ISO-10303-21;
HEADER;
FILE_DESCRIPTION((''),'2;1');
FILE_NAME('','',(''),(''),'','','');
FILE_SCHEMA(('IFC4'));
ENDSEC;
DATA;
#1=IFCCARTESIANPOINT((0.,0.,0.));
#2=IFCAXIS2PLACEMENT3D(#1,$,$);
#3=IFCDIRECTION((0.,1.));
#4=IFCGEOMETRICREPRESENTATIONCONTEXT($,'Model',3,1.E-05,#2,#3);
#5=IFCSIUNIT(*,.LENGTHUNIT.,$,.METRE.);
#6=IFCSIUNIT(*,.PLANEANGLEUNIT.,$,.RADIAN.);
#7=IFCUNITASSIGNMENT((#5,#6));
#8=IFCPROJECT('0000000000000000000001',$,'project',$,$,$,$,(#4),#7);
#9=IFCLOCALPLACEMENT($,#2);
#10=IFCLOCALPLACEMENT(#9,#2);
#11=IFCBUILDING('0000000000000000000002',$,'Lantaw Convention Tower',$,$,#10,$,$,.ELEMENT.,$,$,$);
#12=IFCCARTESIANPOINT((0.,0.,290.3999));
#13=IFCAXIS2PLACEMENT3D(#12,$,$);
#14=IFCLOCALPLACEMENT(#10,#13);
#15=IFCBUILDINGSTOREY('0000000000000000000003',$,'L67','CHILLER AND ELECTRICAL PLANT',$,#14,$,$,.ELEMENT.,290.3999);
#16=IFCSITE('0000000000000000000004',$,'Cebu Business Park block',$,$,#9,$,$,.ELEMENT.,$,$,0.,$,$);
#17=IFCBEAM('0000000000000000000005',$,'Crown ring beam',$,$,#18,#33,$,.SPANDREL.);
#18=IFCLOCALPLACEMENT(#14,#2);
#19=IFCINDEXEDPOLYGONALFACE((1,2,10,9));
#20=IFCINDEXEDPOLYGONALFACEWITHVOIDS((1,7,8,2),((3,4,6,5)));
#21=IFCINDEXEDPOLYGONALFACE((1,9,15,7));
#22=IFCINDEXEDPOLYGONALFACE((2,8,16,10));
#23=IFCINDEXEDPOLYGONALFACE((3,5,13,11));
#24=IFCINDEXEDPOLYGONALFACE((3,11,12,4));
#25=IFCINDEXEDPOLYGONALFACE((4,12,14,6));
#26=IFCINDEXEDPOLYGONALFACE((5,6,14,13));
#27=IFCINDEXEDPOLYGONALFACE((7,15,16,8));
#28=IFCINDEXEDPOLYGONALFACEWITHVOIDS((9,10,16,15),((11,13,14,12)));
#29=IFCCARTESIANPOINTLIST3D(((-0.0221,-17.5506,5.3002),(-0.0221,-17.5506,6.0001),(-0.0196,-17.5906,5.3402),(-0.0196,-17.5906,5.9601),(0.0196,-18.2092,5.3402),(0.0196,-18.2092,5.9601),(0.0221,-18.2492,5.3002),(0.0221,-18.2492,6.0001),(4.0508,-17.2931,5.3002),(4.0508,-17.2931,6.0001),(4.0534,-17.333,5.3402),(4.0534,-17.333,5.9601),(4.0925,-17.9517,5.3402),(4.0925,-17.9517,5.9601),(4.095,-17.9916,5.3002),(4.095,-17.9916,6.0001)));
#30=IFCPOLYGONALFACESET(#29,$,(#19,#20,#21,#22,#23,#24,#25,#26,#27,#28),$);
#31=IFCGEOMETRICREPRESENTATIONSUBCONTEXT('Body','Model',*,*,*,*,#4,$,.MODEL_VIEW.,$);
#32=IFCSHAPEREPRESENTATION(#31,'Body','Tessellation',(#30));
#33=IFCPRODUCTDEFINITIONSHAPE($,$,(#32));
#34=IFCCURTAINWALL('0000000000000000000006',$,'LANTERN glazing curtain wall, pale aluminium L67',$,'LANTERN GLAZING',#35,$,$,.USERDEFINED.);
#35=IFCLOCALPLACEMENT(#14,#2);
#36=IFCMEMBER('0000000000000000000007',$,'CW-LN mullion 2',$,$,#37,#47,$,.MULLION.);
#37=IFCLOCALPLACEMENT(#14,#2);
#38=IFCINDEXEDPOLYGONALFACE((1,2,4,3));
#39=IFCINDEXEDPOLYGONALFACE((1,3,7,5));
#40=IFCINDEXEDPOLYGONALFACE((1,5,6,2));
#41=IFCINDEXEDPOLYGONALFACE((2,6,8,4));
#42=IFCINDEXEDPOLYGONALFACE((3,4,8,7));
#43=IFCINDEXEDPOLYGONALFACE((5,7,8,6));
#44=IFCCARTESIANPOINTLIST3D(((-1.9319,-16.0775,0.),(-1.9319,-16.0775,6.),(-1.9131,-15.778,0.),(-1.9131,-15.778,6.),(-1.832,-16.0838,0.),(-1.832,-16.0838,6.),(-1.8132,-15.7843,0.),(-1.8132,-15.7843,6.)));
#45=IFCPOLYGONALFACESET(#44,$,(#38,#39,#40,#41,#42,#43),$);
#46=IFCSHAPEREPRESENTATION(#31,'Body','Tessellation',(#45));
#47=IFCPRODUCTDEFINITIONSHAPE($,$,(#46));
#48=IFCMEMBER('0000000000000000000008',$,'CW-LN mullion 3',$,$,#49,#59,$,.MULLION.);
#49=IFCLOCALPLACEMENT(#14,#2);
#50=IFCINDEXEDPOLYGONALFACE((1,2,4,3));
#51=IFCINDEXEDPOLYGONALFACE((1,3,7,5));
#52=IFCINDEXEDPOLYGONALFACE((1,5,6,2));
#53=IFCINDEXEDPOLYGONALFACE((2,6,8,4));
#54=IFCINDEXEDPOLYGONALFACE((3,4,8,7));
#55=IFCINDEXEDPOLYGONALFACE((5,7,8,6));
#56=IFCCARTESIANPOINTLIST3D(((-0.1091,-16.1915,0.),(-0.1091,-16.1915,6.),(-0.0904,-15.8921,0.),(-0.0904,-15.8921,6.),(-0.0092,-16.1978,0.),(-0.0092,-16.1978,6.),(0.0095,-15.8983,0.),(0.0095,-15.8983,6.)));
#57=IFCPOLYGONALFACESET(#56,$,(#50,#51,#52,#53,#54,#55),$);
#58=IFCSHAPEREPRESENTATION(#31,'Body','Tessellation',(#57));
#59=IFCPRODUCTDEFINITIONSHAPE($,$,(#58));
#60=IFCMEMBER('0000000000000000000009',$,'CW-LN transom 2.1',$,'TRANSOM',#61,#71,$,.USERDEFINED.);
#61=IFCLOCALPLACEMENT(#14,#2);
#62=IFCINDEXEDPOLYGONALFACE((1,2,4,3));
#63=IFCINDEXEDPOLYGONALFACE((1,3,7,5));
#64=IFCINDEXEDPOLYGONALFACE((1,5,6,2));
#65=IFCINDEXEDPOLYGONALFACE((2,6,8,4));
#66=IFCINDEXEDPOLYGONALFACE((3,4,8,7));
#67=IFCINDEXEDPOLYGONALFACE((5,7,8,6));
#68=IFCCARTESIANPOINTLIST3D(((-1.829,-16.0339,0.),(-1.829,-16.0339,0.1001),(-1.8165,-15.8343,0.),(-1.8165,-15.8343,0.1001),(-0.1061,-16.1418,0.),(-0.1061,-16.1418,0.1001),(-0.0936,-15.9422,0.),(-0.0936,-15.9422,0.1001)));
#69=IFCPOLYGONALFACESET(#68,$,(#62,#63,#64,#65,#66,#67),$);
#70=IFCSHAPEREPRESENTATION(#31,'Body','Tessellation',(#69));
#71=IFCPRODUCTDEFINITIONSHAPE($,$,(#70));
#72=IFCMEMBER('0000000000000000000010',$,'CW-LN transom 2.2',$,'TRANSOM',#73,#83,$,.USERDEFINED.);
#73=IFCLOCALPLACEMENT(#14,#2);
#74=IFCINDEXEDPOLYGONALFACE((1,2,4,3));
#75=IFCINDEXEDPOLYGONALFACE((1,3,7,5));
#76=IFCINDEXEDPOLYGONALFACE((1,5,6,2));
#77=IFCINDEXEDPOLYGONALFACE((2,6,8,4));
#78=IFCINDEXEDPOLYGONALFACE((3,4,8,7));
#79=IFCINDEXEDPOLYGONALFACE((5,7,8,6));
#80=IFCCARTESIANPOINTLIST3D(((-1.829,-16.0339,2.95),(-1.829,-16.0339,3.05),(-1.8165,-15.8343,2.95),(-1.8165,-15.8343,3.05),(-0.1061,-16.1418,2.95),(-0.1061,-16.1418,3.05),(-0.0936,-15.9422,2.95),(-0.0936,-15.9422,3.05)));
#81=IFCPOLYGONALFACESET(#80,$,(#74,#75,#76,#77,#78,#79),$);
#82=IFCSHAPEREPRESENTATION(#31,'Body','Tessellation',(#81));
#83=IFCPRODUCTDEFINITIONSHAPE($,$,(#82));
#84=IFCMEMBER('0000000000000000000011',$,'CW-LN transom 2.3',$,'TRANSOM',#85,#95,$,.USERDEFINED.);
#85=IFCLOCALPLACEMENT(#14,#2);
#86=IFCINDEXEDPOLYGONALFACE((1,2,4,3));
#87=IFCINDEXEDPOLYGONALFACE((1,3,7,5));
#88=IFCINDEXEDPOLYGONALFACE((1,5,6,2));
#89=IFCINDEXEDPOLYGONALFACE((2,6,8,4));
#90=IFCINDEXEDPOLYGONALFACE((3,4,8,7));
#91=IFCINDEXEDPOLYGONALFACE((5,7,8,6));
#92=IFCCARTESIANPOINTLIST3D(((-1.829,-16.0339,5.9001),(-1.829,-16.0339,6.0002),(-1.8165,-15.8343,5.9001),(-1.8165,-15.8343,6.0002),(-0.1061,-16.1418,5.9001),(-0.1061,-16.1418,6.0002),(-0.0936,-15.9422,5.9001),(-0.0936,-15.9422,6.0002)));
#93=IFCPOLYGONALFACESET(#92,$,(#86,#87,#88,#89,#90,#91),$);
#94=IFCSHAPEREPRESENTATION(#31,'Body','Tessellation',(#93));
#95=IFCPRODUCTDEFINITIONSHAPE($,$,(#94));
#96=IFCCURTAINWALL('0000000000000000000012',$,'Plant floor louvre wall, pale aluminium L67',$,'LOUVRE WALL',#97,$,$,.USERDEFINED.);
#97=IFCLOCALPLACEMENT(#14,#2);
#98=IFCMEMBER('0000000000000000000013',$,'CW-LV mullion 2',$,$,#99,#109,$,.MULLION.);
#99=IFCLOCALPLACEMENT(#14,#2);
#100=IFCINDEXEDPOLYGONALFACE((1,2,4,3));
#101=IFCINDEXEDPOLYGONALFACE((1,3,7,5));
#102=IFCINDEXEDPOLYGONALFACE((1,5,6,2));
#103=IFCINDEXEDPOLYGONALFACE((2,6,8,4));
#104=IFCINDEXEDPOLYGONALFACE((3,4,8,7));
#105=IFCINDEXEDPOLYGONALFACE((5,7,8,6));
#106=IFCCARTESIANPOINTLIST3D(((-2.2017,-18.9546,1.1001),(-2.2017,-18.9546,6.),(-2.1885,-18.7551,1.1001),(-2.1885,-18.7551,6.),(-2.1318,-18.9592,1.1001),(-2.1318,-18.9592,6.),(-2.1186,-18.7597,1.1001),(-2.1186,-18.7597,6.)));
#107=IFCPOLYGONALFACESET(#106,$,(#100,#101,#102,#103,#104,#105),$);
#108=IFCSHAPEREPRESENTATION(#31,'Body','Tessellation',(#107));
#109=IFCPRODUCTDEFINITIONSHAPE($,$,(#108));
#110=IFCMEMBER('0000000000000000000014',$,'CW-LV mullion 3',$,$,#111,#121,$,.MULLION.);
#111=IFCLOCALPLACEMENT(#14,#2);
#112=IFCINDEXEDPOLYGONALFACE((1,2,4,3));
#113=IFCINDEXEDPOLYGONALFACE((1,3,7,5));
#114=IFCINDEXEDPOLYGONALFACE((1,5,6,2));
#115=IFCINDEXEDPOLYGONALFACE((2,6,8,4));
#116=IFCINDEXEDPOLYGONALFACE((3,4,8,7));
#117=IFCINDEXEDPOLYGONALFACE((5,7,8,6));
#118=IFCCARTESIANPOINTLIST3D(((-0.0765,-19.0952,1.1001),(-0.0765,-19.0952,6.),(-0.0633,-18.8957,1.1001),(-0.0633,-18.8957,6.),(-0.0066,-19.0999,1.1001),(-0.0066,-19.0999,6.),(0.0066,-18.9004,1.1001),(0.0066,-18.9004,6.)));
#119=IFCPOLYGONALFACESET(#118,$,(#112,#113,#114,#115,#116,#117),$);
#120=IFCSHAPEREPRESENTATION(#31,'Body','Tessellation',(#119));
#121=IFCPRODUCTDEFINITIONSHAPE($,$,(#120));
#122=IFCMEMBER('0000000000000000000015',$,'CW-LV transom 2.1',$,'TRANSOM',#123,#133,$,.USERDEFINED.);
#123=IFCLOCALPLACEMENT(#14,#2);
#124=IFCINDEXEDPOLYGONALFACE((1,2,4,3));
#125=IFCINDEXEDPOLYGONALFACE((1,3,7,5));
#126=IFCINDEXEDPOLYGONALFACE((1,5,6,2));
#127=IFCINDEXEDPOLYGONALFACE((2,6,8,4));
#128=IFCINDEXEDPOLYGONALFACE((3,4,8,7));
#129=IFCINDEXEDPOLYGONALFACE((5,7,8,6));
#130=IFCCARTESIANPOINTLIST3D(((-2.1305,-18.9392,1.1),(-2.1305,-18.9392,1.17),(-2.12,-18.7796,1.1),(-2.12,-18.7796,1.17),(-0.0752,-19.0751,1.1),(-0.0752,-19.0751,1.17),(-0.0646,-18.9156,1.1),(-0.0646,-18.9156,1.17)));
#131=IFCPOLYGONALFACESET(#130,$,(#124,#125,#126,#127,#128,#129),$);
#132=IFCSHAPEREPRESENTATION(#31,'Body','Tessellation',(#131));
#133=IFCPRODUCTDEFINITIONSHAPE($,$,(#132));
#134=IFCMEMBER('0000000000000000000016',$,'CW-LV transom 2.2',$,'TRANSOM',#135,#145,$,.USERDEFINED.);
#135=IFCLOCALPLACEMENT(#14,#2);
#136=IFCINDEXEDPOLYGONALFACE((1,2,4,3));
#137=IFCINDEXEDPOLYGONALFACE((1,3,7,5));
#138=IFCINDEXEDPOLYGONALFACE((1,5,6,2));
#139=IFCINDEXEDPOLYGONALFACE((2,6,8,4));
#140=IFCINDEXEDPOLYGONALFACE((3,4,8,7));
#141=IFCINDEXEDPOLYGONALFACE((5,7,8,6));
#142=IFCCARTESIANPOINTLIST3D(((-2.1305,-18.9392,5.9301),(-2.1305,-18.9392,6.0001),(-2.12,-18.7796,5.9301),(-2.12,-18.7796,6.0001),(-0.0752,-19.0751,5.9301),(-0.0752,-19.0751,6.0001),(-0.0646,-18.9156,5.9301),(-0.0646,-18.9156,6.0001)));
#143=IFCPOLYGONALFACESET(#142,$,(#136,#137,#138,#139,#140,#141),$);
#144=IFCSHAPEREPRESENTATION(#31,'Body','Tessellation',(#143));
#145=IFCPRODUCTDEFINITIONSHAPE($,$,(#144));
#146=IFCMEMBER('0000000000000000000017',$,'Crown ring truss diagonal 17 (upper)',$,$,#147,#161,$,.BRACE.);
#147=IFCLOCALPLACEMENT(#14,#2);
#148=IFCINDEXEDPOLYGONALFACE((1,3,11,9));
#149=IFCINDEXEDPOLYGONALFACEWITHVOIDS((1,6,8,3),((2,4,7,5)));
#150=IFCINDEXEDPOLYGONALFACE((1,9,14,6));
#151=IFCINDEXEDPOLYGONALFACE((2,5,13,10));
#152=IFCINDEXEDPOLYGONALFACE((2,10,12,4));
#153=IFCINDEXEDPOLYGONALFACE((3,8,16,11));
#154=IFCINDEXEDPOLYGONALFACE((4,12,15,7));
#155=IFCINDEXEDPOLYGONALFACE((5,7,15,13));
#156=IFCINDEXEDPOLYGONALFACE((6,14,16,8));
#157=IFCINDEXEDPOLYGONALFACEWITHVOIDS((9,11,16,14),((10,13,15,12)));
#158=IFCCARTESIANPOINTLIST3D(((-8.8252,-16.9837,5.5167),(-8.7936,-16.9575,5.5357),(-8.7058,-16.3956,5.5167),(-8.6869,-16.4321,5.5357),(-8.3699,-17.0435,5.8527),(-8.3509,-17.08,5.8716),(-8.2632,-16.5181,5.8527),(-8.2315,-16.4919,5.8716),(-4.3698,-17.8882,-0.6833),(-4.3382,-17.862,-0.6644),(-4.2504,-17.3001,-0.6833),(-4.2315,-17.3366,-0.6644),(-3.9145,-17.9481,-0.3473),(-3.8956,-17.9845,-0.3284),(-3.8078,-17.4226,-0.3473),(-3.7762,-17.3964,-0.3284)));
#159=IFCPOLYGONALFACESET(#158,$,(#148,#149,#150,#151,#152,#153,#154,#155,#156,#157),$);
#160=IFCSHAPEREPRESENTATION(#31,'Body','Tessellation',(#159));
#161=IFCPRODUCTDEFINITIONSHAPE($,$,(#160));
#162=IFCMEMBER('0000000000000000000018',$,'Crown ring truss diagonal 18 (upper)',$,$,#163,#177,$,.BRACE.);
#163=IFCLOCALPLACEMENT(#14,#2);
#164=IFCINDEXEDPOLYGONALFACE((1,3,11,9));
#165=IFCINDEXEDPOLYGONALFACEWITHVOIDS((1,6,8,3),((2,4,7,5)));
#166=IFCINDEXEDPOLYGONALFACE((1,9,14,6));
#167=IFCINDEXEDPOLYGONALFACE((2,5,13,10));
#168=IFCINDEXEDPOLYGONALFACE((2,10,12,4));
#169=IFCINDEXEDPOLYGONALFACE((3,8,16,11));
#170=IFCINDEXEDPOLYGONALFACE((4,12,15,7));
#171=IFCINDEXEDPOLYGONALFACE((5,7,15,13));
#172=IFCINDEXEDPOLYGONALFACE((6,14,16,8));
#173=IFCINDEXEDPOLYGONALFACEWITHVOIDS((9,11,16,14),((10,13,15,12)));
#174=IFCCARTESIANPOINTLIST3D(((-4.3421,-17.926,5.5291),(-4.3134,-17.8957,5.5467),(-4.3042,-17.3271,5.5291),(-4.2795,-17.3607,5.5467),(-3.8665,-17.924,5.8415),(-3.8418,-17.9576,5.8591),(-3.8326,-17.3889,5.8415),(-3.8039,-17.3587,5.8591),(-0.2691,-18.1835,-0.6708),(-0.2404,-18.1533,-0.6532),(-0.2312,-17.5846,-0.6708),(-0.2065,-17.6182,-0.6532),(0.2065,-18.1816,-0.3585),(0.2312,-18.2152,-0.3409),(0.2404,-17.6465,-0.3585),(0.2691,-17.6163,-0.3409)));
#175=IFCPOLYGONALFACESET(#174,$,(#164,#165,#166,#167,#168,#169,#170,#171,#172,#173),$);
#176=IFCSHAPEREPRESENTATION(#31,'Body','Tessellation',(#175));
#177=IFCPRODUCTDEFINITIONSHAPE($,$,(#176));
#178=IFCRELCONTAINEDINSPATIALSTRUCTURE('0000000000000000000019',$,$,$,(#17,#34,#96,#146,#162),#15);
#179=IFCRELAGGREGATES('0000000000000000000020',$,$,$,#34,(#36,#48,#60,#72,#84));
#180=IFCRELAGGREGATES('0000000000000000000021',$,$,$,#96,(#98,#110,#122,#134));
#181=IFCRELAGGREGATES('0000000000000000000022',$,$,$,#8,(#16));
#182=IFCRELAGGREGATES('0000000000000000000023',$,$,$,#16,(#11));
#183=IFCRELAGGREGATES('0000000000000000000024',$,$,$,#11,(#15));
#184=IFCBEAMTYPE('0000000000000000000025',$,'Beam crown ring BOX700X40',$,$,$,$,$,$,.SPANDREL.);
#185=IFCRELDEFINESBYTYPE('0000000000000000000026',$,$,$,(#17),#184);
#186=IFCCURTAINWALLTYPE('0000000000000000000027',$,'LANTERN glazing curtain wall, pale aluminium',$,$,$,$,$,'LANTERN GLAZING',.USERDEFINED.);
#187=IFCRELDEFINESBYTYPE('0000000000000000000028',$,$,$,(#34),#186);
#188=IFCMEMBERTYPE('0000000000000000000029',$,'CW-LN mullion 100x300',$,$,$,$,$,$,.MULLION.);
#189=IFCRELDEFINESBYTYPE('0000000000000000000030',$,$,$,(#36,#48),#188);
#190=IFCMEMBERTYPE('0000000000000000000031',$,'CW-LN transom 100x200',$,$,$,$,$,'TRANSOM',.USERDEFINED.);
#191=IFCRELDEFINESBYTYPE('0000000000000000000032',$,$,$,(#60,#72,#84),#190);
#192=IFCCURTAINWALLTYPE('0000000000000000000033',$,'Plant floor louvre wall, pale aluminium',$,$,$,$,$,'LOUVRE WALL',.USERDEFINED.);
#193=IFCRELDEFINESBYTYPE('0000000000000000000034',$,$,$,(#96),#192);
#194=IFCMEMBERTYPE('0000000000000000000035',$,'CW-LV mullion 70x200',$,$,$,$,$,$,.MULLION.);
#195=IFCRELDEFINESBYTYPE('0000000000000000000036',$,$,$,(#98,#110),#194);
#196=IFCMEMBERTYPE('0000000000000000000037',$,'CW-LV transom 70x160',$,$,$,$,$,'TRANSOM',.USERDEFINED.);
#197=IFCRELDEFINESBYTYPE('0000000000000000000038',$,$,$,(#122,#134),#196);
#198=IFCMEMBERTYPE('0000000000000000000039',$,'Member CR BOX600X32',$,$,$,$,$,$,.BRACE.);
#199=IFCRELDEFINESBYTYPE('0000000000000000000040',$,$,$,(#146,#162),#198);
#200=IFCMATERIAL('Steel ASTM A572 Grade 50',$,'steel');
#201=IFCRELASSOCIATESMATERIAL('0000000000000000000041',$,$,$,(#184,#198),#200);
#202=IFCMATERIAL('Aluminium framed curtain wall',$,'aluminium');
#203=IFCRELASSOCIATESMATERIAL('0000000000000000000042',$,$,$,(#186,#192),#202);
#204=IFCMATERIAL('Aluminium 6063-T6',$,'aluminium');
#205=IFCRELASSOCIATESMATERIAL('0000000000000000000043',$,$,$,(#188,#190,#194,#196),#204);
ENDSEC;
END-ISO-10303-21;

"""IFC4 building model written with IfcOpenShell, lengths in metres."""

from ifc_helpers import new_model, si_unit, direction, frame, origin, origin_2d, place, context, subcontext, project, spatial, rectangle, hollow_rectangle, extrude, material, material_profile, profile_set, type_object, element, aggregate, save


model = new_model("IFC4")

# Units and contexts
model_context = context("Model", 3, precision=1e-05, world=origin(), true_north=direction((0.0, 1.0)))
body_context = subcontext(model_context, "Body", "Model", "MODEL_VIEW")
ifc_project = project(units=[si_unit("LENGTHUNIT", "METRE"), si_unit("PLANEANGLEUNIT", "RADIAN")], contexts=[model_context])

# Site, building, storey
site_placement = place(None, origin())
site = spatial("IfcSite", under=ifc_project, at=site_placement, Name="Cebu Business Park block", CompositionType="ELEMENT", RefElevation=0.0)
building_placement = place(site_placement, origin())
building = spatial("IfcBuilding", under=site, at=building_placement, Name="Lantaw Convention Tower", CompositionType="ELEMENT")
storey_placement = place(building_placement, frame((0.0, 0.0, 290.3999)))
storey = spatial("IfcBuildingStorey", under=building, at=storey_placement, Name="L67", Description="CHILLER AND ELECTRICAL PLANT", CompositionType="ELEMENT", Elevation=290.3999)

# Beam
ifc_material_1 = material(Name="Steel ASTM A572 Grade 50", Category="steel")
ifc_material_profile_1 = material_profile(ifc_material_1, hollow_rectangle(XDim=0.7, YDim=0.7, WallThickness=0.04, at=origin_2d()), Name="BOX700X40")
ifc_profile_set_1 = profile_set([ifc_material_profile_1], Name="Steel ASTM A572 Grade 50")
beam_type_1 = type_object("IfcBeamType", Name="Beam crown ring BOX700X40", PredefinedType="SPANDREL", material=ifc_profile_set_1)
for number, where, z_axis, x_axis, name in (
    (1, (0.0, -17.8999, 5.6501), (0.998006, 0.063112, 0.0), (-0.063112, 0.998006, 0.0), "Crown ring beam"),
):
    element("IfcBeam", number, at=place(storey_placement, frame(where, z_axis=z_axis, x_axis=x_axis)), inside=storey, type_object=beam_type_1, Name=name, PredefinedType="SPANDREL", context=body_context, shape_type="SweptSolid", body=[
        extrude(hollow_rectangle(XDim=0.7, YDim=0.7, WallThickness=0.04, at=origin_2d()), origin(), (0.0, 0.0, 1.0), 4.0811),
    ])

# Curtain walls, members
ifc_material_2 = material(Name="Aluminium framed curtain wall", Category="aluminium")
curtain_wall_type_1 = type_object("IfcCurtainWallType", Name="LANTERN glazing curtain wall, pale aluminium", ElementType="LANTERN GLAZING", PredefinedType="USERDEFINED", material=ifc_material_2)
curtain_wall_1_placement = place(storey_placement, origin())
curtain_wall_1 = element("IfcCurtainWall", 2, at=curtain_wall_1_placement, inside=storey, type_object=curtain_wall_type_1, Name="LANTERN glazing curtain wall, pale aluminium L67", ObjectType="LANTERN GLAZING", PredefinedType="USERDEFINED")
ifc_material_3 = material(Name="Aluminium 6063-T6", Category="aluminium")
ifc_material_profile_2 = material_profile(ifc_material_3, rectangle(XDim=0.3, YDim=0.1001, at=origin_2d()), Name="CW-LN mullion 100x300")
ifc_profile_set_2 = profile_set([ifc_material_profile_2], Name="Aluminium 6063-T6")
member_type_1 = type_object("IfcMemberType", Name="CW-LN mullion 100x300", PredefinedType="MULLION", material=ifc_profile_set_2)
member_1_placement = place(storey_placement, frame((-1.8726, -15.9309, 0.0), z_axis=(0.0, 0.0, 1.0), x_axis=(0.062489, 0.998046, 0.0)))
member_1 = element("IfcMember", 3, at=member_1_placement, type_object=member_type_1, Name="CW-LN mullion 2", PredefinedType="MULLION", context=body_context, shape_type="SweptSolid", body=[
    extrude(rectangle(XDim=0.3, YDim=0.1001, at=origin_2d()), origin(), (0.0, 0.0, 1.0), 6.0),
])
member_2_placement = place(storey_placement, frame((-0.0498, -16.0449, 0.0), z_axis=(0.0, 0.0, 1.0), x_axis=(0.062489, 0.998046, 0.0)))
member_2 = element("IfcMember", 4, at=member_2_placement, type_object=member_type_1, Name="CW-LN mullion 3", PredefinedType="MULLION", context=body_context, shape_type="SweptSolid", body=[
    extrude(rectangle(XDim=0.3, YDim=0.1001, at=origin_2d()), origin(), (0.0, 0.0, 1.0), 6.0),
])
ifc_material_profile_3 = material_profile(ifc_material_3, rectangle(XDim=0.2, YDim=0.1001, at=origin_2d()), Name="CW-LN transom 100x200")
ifc_profile_set_3 = profile_set([ifc_material_profile_3], Name="Aluminium 6063-T6")
member_type_2 = type_object("IfcMemberType", Name="CW-LN transom 100x200", ElementType="TRANSOM", PredefinedType="USERDEFINED", material=ifc_profile_set_3)
member_3_placement = place(storey_placement, frame((-1.8228, -15.9341, 0.05), z_axis=(0.998044, -0.06251, 0.0), x_axis=(0.06251, 0.998044, 0.0)))
member_3 = element("IfcMember", 5, at=member_3_placement, type_object=member_type_2, Name="CW-LN transom 2.1", ObjectType="TRANSOM", PredefinedType="USERDEFINED", context=body_context, shape_type="SweptSolid", body=[
    extrude(rectangle(XDim=0.2, YDim=0.1001, at=origin_2d()), origin(), (0.0, 0.0, 1.0), 1.7263),
])
member_4_placement = place(storey_placement, frame((-1.8228, -15.9341, 3.0), z_axis=(0.998044, -0.06251, 0.0), x_axis=(0.06251, 0.998044, 0.0)))
member_4 = element("IfcMember", 6, at=member_4_placement, type_object=member_type_2, Name="CW-LN transom 2.2", ObjectType="TRANSOM", PredefinedType="USERDEFINED", context=body_context, shape_type="SweptSolid", body=[
    extrude(rectangle(XDim=0.2, YDim=0.1001, at=origin_2d()), origin(), (0.0, 0.0, 1.0), 1.7263),
])
member_5_placement = place(storey_placement, frame((-1.8228, -15.9341, 5.9502), z_axis=(0.998044, -0.06251, 0.0), x_axis=(0.06251, 0.998044, 0.0)))
member_5 = element("IfcMember", 7, at=member_5_placement, type_object=member_type_2, Name="CW-LN transom 2.3", ObjectType="TRANSOM", PredefinedType="USERDEFINED", context=body_context, shape_type="SweptSolid", body=[
    extrude(rectangle(XDim=0.2, YDim=0.1001, at=origin_2d()), origin(), (0.0, 0.0, 1.0), 1.7263),
])
curtain_wall_type_2 = type_object("IfcCurtainWallType", Name="Plant floor louvre wall, pale aluminium", ElementType="LOUVRE WALL", PredefinedType="USERDEFINED", material=ifc_material_2)
curtain_wall_2_placement = place(storey_placement, origin())
curtain_wall_2 = element("IfcCurtainWall", 8, at=curtain_wall_2_placement, inside=storey, type_object=curtain_wall_type_2, Name="Plant floor louvre wall, pale aluminium L67", ObjectType="LOUVRE WALL", PredefinedType="USERDEFINED")
ifc_material_profile_4 = material_profile(ifc_material_3, rectangle(XDim=0.2, YDim=0.0701, at=origin_2d()), Name="CW-LV mullion 70x200")
ifc_profile_set_4 = profile_set([ifc_material_profile_4], Name="Aluminium 6063-T6")
member_type_3 = type_object("IfcMemberType", Name="CW-LV mullion 70x200", PredefinedType="MULLION", material=ifc_profile_set_4)
member_6_placement = place(storey_placement, frame((-2.1602, -18.8572, 1.1001), z_axis=(0.0, 0.0, 1.0), x_axis=(0.066025, 0.997818, 0.0)))
member_6 = element("IfcMember", 9, at=member_6_placement, type_object=member_type_3, Name="CW-LV mullion 2", PredefinedType="MULLION", context=body_context, shape_type="SweptSolid", body=[
    extrude(rectangle(XDim=0.2, YDim=0.0701, at=origin_2d()), origin(), (0.0, 0.0, 1.0), 4.8999),
])
member_7_placement = place(storey_placement, frame((-0.0349, -18.9978, 1.1001), z_axis=(0.0, 0.0, 1.0), x_axis=(0.066025, 0.997818, 0.0)))
member_7 = element("IfcMember", 10, at=member_7_placement, type_object=member_type_3, Name="CW-LV mullion 3", PredefinedType="MULLION", context=body_context, shape_type="SweptSolid", body=[
    extrude(rectangle(XDim=0.2, YDim=0.0701, at=origin_2d()), origin(), (0.0, 0.0, 1.0), 4.8999),
])
ifc_material_profile_5 = material_profile(ifc_material_3, rectangle(XDim=0.1599, YDim=0.0701, at=origin_2d()), Name="CW-LV transom 70x160")
ifc_profile_set_5 = profile_set([ifc_material_profile_5], Name="Aluminium 6063-T6")
member_type_4 = type_object("IfcMemberType", Name="CW-LV transom 70x160", ElementType="TRANSOM", PredefinedType="USERDEFINED", material=ifc_profile_set_5)
member_8_placement = place(storey_placement, frame((-2.1252, -18.8594, 1.135), z_axis=(0.997819, -0.066016, 0.0), x_axis=(0.066016, 0.997819, 0.0)))
member_8 = element("IfcMember", 11, at=member_8_placement, type_object=member_type_4, Name="CW-LV transom 2.1", ObjectType="TRANSOM", PredefinedType="USERDEFINED", context=body_context, shape_type="SweptSolid", body=[
    extrude(rectangle(XDim=0.1599, YDim=0.0701, at=origin_2d()), origin(), (0.0, 0.0, 1.0), 2.0598),
])
member_9_placement = place(storey_placement, frame((-2.1252, -18.8594, 5.9651), z_axis=(0.997819, -0.066016, 0.0), x_axis=(0.066016, 0.997819, 0.0)))
member_9 = element("IfcMember", 12, at=member_9_placement, type_object=member_type_4, Name="CW-LV transom 2.2", ObjectType="TRANSOM", PredefinedType="USERDEFINED", context=body_context, shape_type="SweptSolid", body=[
    extrude(rectangle(XDim=0.1599, YDim=0.0701, at=origin_2d()), origin(), (0.0, 0.0, 1.0), 2.0598),
])

# Members
ifc_material_profile_6 = material_profile(ifc_material_1, hollow_rectangle(XDim=0.6001, YDim=0.6001, WallThickness=0.032, at=origin_2d()), Name="BOX600X32")
ifc_profile_set_6 = profile_set([ifc_material_profile_6], Name="Steel ASTM A572 Grade 50")
member_type_5 = type_object("IfcMemberType", Name="Member CR BOX600X32", PredefinedType="BRACE", material=ifc_profile_set_6)
member_10_placement = place(storey_placement, frame((-4.073, -17.6423, -0.5059), z_axis=(-0.579506, 0.117654, 0.806431), x_axis=(-0.198966, -0.980006, 0.0)))
element("IfcMember", 13, at=member_10_placement, inside=storey, type_object=member_type_5, Name="Crown ring truss diagonal 17 (upper)", PredefinedType="BRACE", context=body_context, shape_type="SweptSolid", body=[
    extrude(hollow_rectangle(XDim=0.6001, YDim=0.6001, WallThickness=0.032, at=origin_2d()), origin(), (0.0, 0.0, 1.0), 7.6882),
])
member_11_placement = place(storey_placement, frame((0.0, -17.8999, -0.5059), z_axis=(-0.548729, 0.034701, 0.83528), x_axis=(-0.063112, -0.998006, 0.0)))
element("IfcMember", 14, at=member_11_placement, inside=storey, type_object=member_type_5, Name="Crown ring truss diagonal 18 (upper)", PredefinedType="BRACE", context=body_context, shape_type="SweptSolid", body=[
    extrude(hollow_rectangle(XDim=0.6001, YDim=0.6001, WallThickness=0.032, at=origin_2d()), origin(), (0.0, 0.0, 1.0), 7.4226),
])

aggregate(curtain_wall_1, [member_1, member_2, member_3, member_4, member_5])
aggregate(curtain_wall_2, [member_6, member_7, member_8, member_9])

save(model, "model.ifc")
